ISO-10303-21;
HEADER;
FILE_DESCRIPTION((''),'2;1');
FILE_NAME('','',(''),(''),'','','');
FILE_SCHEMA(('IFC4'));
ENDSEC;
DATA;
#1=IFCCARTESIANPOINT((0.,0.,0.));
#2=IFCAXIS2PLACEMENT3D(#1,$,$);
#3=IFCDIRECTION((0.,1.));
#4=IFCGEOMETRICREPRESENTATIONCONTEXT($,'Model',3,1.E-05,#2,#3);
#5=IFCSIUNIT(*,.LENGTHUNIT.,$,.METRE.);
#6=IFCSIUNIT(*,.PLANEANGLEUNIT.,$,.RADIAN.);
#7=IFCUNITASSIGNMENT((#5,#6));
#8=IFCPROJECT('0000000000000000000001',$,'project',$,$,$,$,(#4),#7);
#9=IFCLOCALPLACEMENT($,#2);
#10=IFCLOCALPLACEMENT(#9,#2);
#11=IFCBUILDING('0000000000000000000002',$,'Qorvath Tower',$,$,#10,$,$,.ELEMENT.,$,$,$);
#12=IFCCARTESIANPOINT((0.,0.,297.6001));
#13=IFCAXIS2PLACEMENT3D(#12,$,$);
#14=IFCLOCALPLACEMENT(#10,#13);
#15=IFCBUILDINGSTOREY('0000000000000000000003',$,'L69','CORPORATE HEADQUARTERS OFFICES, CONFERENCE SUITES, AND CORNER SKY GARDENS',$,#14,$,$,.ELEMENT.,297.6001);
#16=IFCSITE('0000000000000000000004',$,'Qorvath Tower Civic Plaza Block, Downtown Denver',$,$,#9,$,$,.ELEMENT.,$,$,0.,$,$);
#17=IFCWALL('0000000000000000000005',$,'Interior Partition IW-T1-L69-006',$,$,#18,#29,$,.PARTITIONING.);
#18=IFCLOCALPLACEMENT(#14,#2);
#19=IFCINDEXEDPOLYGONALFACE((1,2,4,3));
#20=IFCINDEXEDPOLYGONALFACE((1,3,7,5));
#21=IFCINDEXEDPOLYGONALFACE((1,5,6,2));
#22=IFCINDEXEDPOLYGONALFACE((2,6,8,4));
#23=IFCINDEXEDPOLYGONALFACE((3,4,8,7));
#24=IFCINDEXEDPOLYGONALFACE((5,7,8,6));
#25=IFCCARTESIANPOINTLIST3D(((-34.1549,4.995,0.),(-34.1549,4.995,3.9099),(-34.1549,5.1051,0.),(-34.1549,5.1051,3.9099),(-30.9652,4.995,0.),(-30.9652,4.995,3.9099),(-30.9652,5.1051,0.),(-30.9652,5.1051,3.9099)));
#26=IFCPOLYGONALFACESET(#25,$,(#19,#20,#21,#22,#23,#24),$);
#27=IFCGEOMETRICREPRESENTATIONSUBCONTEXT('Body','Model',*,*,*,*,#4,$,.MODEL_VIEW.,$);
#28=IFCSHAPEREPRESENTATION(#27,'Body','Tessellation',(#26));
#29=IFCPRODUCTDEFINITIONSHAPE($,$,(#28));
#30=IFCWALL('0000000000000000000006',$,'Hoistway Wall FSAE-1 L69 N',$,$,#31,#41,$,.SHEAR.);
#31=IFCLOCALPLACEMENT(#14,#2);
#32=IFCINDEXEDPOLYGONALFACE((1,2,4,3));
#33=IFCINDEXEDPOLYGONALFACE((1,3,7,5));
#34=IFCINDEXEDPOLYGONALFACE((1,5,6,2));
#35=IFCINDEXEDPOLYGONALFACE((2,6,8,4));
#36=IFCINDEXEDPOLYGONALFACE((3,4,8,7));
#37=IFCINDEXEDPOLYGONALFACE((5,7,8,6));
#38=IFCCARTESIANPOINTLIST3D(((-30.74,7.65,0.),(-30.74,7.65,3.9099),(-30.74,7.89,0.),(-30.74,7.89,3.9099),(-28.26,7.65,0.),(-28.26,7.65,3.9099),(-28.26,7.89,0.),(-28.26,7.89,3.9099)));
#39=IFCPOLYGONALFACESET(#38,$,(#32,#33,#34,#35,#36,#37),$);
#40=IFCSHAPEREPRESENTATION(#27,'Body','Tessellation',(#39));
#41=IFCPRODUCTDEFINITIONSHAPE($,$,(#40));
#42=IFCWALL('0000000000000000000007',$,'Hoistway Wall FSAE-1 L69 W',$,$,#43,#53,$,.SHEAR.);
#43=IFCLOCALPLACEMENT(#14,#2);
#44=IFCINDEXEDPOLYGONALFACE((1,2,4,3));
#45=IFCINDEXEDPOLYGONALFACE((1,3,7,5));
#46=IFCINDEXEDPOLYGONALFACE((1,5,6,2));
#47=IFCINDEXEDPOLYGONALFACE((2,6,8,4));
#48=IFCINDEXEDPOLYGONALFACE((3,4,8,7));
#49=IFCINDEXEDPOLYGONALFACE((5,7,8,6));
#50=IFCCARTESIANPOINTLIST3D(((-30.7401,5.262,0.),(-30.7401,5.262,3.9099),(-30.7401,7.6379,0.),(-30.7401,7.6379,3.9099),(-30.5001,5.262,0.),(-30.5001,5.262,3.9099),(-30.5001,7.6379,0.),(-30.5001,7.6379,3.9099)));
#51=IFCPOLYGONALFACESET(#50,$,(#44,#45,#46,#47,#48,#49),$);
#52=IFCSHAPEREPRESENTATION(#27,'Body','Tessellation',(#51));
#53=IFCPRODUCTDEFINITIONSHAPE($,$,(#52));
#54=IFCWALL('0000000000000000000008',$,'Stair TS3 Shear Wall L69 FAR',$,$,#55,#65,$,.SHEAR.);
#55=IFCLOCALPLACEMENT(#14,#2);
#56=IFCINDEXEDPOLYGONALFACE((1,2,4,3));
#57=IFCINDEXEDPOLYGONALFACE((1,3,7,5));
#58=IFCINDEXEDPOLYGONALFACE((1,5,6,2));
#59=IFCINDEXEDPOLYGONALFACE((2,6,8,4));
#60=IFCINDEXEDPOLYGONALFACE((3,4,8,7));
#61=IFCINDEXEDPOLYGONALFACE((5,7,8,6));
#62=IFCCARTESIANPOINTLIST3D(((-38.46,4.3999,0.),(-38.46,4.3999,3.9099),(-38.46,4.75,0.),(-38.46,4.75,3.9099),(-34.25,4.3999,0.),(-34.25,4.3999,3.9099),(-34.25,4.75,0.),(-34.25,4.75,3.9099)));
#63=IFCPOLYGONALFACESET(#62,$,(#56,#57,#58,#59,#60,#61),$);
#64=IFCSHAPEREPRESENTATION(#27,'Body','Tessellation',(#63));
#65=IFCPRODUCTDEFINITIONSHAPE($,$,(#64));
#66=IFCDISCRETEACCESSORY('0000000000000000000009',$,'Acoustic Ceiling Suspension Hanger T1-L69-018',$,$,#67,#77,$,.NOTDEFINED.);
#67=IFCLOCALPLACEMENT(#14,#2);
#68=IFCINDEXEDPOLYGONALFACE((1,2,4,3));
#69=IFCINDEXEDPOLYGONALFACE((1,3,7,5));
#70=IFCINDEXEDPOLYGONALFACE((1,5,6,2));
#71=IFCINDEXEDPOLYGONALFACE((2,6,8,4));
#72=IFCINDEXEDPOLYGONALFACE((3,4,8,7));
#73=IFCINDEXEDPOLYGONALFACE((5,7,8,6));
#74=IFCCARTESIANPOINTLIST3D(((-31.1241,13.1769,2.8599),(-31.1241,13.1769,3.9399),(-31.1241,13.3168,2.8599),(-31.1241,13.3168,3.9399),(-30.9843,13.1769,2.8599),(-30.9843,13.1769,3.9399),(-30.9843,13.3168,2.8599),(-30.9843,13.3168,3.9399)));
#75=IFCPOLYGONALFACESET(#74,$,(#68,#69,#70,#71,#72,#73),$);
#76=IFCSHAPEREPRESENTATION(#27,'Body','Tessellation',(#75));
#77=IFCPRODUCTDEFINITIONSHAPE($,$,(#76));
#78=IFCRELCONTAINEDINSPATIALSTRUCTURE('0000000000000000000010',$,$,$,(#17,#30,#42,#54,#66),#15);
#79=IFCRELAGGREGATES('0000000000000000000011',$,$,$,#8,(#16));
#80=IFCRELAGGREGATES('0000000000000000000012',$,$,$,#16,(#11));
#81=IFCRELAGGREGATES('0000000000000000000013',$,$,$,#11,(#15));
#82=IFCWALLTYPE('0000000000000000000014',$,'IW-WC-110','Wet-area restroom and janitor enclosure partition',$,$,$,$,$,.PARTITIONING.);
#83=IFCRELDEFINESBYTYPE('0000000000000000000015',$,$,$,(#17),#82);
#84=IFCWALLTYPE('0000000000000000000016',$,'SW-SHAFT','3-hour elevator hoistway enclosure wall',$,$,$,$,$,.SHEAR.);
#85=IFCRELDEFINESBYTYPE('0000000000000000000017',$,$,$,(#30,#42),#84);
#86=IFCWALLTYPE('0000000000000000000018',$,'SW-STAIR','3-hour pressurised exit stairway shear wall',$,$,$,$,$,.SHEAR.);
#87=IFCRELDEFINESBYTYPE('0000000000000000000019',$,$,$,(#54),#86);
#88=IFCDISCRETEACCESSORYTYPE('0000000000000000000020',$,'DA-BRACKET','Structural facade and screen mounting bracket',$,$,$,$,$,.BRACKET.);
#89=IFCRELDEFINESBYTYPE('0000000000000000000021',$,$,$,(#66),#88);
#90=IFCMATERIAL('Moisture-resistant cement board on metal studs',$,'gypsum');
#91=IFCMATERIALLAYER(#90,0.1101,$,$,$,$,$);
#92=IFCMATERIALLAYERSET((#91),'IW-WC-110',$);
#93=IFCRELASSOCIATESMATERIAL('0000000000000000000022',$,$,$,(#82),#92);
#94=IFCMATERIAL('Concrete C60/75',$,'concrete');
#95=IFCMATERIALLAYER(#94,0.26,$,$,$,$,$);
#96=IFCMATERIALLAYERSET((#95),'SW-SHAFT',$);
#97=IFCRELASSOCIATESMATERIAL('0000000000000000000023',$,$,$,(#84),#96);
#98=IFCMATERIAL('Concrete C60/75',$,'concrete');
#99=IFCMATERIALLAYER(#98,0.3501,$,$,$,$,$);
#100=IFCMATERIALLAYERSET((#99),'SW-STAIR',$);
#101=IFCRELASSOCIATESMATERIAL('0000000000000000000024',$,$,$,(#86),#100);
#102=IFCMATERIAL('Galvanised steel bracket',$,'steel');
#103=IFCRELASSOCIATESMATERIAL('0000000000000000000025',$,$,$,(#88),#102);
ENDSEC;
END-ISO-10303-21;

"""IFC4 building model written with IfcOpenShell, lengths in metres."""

from ifc_helpers import new_model, si_unit, direction, frame, frame_2d, origin, origin_2d, place, context, subcontext, project, spatial, rectangle, extrude, material, layer, layer_set, type_object, element, save


model = new_model("IFC4")

# Units and contexts
model_context = context("Model", 3, precision=1e-05, world=origin(), true_north=direction((0.0, 1.0)))
body_context = subcontext(model_context, "Body", "Model", "MODEL_VIEW")
ifc_project = project(units=[si_unit("LENGTHUNIT", "METRE"), si_unit("PLANEANGLEUNIT", "RADIAN")], contexts=[model_context])

# Site, building, storey
site_placement = place(None, origin())
site = spatial("IfcSite", under=ifc_project, at=site_placement, Name="Qorvath Tower Civic Plaza Block, Downtown Denver", CompositionType="ELEMENT", RefElevation=0.0)
building_placement = place(site_placement, origin())
building = spatial("IfcBuilding", under=site, at=building_placement, Name="Qorvath Tower", CompositionType="ELEMENT")
storey_placement = place(building_placement, frame((0.0, 0.0, 297.6001)))
storey = spatial("IfcBuildingStorey", under=building, at=storey_placement, Name="L69", Description="CORPORATE HEADQUARTERS OFFICES, CONFERENCE SUITES, AND CORNER SKY GARDENS", CompositionType="ELEMENT", Elevation=297.6001)

# Walls
ifc_material_1 = material(Name="Moisture-resistant cement board on metal studs", Category="gypsum")
ifc_layer_1 = layer(ifc_material_1, 0.1101)
ifc_layer_set_1 = layer_set([ifc_layer_1], Name="IW-WC-110")
wall_type_1 = type_object("IfcWallType", Name="IW-WC-110", Description="Wet-area restroom and janitor enclosure partition", PredefinedType="PARTITIONING", material=ifc_layer_set_1)
wall_1_placement = place(storey_placement, frame((-34.1548, 5.05, 0.0), z_axis=(0.0, 0.0, 1.0), x_axis=(1.0, 0.0, 0.0)))
element("IfcWall", 1, at=wall_1_placement, inside=storey, type_object=wall_type_1, Name="Interior Partition IW-T1-L69-006", PredefinedType="PARTITIONING", context=body_context, shape_type="SweptSolid", body=[
    extrude(rectangle(XDim=3.1897, YDim=0.1101, at=frame_2d((1.5947, 0.0))), origin(), (0.0, 0.0, 1.0), 3.9099),
])
ifc_material_2 = material(Name="Concrete C60/75", Category="concrete")
ifc_layer_2 = layer(ifc_material_2, 0.26)
ifc_layer_set_2 = layer_set([ifc_layer_2], Name="SW-SHAFT")
wall_type_2 = type_object("IfcWallType", Name="SW-SHAFT", Description="3-hour elevator hoistway enclosure wall", PredefinedType="SHEAR", material=ifc_layer_set_2)
wall_2_placement = place(storey_placement, frame((-30.74, 7.77, 0.0), z_axis=(0.0, 0.0, 1.0), x_axis=(1.0, 0.0, 0.0)))
element("IfcWall", 2, at=wall_2_placement, inside=storey, type_object=wall_type_2, Name="Hoistway Wall FSAE-1 L69 N", PredefinedType="SHEAR", context=body_context, shape_type="SweptSolid", body=[
    extrude(rectangle(XDim=2.48, YDim=0.24, at=frame_2d((1.24, 0.0))), origin(), (0.0, 0.0, 1.0), 3.9099),
])
wall_3_placement = place(storey_placement, frame((-30.6201, 5.262, 0.0), z_axis=(0.0, 0.0, 1.0), x_axis=(0.0, 1.0, 0.0)))
element("IfcWall", 3, at=wall_3_placement, inside=storey, type_object=wall_type_2, Name="Hoistway Wall FSAE-1 L69 W", PredefinedType="SHEAR", context=body_context, shape_type="SweptSolid", body=[
    extrude(rectangle(XDim=2.376, YDim=0.24, at=frame_2d((1.188, 0.0))), origin(), (0.0, 0.0, 1.0), 3.9099),
])
ifc_material_3 = material(Name="Concrete C60/75", Category="concrete")
ifc_layer_3 = layer(ifc_material_3, 0.3501)
ifc_layer_set_3 = layer_set([ifc_layer_3], Name="SW-STAIR")
wall_type_3 = type_object("IfcWallType", Name="SW-STAIR", Description="3-hour pressurised exit stairway shear wall", PredefinedType="SHEAR", material=ifc_layer_set_3)
wall_4_placement = place(storey_placement, frame((-34.25, 4.575, 0.0), z_axis=(0.0, 0.0, 1.0), x_axis=(-1.0, 0.0, 0.0)))
element("IfcWall", 4, at=wall_4_placement, inside=storey, type_object=wall_type_3, Name="Stair TS3 Shear Wall L69 FAR", PredefinedType="SHEAR", context=body_context, shape_type="SweptSolid", body=[
    extrude(rectangle(XDim=4.21, YDim=0.3501, at=frame_2d((2.105, 0.0))), origin(), (0.0, 0.0, 1.0), 3.9099),
])

# Discrete accessory
ifc_material_4 = material(Name="Galvanised steel bracket", Category="steel")
discrete_accessory_type = type_object("IfcDiscreteAccessoryType", Name="DA-BRACKET", Description="Structural facade and screen mounting bracket", PredefinedType="BRACKET", material=ifc_material_4)
discrete_accessory_placement = place(storey_placement, frame((-31.0542, 13.2468, 2.8599), z_axis=(0.0, 0.0, 1.0), x_axis=(1.0, 0.0, 0.0)))
element("IfcDiscreteAccessory", 5, at=discrete_accessory_placement, inside=storey, type_object=discrete_accessory_type, Name="Acoustic Ceiling Suspension Hanger T1-L69-018", PredefinedType="NOTDEFINED", context=body_context, shape_type="SweptSolid", body=[
    extrude(rectangle(XDim=0.1399, YDim=0.1399, at=origin_2d()), origin(), (0.0, 0.0, 1.0), 1.0801),
])

save(model, "model.ifc")
